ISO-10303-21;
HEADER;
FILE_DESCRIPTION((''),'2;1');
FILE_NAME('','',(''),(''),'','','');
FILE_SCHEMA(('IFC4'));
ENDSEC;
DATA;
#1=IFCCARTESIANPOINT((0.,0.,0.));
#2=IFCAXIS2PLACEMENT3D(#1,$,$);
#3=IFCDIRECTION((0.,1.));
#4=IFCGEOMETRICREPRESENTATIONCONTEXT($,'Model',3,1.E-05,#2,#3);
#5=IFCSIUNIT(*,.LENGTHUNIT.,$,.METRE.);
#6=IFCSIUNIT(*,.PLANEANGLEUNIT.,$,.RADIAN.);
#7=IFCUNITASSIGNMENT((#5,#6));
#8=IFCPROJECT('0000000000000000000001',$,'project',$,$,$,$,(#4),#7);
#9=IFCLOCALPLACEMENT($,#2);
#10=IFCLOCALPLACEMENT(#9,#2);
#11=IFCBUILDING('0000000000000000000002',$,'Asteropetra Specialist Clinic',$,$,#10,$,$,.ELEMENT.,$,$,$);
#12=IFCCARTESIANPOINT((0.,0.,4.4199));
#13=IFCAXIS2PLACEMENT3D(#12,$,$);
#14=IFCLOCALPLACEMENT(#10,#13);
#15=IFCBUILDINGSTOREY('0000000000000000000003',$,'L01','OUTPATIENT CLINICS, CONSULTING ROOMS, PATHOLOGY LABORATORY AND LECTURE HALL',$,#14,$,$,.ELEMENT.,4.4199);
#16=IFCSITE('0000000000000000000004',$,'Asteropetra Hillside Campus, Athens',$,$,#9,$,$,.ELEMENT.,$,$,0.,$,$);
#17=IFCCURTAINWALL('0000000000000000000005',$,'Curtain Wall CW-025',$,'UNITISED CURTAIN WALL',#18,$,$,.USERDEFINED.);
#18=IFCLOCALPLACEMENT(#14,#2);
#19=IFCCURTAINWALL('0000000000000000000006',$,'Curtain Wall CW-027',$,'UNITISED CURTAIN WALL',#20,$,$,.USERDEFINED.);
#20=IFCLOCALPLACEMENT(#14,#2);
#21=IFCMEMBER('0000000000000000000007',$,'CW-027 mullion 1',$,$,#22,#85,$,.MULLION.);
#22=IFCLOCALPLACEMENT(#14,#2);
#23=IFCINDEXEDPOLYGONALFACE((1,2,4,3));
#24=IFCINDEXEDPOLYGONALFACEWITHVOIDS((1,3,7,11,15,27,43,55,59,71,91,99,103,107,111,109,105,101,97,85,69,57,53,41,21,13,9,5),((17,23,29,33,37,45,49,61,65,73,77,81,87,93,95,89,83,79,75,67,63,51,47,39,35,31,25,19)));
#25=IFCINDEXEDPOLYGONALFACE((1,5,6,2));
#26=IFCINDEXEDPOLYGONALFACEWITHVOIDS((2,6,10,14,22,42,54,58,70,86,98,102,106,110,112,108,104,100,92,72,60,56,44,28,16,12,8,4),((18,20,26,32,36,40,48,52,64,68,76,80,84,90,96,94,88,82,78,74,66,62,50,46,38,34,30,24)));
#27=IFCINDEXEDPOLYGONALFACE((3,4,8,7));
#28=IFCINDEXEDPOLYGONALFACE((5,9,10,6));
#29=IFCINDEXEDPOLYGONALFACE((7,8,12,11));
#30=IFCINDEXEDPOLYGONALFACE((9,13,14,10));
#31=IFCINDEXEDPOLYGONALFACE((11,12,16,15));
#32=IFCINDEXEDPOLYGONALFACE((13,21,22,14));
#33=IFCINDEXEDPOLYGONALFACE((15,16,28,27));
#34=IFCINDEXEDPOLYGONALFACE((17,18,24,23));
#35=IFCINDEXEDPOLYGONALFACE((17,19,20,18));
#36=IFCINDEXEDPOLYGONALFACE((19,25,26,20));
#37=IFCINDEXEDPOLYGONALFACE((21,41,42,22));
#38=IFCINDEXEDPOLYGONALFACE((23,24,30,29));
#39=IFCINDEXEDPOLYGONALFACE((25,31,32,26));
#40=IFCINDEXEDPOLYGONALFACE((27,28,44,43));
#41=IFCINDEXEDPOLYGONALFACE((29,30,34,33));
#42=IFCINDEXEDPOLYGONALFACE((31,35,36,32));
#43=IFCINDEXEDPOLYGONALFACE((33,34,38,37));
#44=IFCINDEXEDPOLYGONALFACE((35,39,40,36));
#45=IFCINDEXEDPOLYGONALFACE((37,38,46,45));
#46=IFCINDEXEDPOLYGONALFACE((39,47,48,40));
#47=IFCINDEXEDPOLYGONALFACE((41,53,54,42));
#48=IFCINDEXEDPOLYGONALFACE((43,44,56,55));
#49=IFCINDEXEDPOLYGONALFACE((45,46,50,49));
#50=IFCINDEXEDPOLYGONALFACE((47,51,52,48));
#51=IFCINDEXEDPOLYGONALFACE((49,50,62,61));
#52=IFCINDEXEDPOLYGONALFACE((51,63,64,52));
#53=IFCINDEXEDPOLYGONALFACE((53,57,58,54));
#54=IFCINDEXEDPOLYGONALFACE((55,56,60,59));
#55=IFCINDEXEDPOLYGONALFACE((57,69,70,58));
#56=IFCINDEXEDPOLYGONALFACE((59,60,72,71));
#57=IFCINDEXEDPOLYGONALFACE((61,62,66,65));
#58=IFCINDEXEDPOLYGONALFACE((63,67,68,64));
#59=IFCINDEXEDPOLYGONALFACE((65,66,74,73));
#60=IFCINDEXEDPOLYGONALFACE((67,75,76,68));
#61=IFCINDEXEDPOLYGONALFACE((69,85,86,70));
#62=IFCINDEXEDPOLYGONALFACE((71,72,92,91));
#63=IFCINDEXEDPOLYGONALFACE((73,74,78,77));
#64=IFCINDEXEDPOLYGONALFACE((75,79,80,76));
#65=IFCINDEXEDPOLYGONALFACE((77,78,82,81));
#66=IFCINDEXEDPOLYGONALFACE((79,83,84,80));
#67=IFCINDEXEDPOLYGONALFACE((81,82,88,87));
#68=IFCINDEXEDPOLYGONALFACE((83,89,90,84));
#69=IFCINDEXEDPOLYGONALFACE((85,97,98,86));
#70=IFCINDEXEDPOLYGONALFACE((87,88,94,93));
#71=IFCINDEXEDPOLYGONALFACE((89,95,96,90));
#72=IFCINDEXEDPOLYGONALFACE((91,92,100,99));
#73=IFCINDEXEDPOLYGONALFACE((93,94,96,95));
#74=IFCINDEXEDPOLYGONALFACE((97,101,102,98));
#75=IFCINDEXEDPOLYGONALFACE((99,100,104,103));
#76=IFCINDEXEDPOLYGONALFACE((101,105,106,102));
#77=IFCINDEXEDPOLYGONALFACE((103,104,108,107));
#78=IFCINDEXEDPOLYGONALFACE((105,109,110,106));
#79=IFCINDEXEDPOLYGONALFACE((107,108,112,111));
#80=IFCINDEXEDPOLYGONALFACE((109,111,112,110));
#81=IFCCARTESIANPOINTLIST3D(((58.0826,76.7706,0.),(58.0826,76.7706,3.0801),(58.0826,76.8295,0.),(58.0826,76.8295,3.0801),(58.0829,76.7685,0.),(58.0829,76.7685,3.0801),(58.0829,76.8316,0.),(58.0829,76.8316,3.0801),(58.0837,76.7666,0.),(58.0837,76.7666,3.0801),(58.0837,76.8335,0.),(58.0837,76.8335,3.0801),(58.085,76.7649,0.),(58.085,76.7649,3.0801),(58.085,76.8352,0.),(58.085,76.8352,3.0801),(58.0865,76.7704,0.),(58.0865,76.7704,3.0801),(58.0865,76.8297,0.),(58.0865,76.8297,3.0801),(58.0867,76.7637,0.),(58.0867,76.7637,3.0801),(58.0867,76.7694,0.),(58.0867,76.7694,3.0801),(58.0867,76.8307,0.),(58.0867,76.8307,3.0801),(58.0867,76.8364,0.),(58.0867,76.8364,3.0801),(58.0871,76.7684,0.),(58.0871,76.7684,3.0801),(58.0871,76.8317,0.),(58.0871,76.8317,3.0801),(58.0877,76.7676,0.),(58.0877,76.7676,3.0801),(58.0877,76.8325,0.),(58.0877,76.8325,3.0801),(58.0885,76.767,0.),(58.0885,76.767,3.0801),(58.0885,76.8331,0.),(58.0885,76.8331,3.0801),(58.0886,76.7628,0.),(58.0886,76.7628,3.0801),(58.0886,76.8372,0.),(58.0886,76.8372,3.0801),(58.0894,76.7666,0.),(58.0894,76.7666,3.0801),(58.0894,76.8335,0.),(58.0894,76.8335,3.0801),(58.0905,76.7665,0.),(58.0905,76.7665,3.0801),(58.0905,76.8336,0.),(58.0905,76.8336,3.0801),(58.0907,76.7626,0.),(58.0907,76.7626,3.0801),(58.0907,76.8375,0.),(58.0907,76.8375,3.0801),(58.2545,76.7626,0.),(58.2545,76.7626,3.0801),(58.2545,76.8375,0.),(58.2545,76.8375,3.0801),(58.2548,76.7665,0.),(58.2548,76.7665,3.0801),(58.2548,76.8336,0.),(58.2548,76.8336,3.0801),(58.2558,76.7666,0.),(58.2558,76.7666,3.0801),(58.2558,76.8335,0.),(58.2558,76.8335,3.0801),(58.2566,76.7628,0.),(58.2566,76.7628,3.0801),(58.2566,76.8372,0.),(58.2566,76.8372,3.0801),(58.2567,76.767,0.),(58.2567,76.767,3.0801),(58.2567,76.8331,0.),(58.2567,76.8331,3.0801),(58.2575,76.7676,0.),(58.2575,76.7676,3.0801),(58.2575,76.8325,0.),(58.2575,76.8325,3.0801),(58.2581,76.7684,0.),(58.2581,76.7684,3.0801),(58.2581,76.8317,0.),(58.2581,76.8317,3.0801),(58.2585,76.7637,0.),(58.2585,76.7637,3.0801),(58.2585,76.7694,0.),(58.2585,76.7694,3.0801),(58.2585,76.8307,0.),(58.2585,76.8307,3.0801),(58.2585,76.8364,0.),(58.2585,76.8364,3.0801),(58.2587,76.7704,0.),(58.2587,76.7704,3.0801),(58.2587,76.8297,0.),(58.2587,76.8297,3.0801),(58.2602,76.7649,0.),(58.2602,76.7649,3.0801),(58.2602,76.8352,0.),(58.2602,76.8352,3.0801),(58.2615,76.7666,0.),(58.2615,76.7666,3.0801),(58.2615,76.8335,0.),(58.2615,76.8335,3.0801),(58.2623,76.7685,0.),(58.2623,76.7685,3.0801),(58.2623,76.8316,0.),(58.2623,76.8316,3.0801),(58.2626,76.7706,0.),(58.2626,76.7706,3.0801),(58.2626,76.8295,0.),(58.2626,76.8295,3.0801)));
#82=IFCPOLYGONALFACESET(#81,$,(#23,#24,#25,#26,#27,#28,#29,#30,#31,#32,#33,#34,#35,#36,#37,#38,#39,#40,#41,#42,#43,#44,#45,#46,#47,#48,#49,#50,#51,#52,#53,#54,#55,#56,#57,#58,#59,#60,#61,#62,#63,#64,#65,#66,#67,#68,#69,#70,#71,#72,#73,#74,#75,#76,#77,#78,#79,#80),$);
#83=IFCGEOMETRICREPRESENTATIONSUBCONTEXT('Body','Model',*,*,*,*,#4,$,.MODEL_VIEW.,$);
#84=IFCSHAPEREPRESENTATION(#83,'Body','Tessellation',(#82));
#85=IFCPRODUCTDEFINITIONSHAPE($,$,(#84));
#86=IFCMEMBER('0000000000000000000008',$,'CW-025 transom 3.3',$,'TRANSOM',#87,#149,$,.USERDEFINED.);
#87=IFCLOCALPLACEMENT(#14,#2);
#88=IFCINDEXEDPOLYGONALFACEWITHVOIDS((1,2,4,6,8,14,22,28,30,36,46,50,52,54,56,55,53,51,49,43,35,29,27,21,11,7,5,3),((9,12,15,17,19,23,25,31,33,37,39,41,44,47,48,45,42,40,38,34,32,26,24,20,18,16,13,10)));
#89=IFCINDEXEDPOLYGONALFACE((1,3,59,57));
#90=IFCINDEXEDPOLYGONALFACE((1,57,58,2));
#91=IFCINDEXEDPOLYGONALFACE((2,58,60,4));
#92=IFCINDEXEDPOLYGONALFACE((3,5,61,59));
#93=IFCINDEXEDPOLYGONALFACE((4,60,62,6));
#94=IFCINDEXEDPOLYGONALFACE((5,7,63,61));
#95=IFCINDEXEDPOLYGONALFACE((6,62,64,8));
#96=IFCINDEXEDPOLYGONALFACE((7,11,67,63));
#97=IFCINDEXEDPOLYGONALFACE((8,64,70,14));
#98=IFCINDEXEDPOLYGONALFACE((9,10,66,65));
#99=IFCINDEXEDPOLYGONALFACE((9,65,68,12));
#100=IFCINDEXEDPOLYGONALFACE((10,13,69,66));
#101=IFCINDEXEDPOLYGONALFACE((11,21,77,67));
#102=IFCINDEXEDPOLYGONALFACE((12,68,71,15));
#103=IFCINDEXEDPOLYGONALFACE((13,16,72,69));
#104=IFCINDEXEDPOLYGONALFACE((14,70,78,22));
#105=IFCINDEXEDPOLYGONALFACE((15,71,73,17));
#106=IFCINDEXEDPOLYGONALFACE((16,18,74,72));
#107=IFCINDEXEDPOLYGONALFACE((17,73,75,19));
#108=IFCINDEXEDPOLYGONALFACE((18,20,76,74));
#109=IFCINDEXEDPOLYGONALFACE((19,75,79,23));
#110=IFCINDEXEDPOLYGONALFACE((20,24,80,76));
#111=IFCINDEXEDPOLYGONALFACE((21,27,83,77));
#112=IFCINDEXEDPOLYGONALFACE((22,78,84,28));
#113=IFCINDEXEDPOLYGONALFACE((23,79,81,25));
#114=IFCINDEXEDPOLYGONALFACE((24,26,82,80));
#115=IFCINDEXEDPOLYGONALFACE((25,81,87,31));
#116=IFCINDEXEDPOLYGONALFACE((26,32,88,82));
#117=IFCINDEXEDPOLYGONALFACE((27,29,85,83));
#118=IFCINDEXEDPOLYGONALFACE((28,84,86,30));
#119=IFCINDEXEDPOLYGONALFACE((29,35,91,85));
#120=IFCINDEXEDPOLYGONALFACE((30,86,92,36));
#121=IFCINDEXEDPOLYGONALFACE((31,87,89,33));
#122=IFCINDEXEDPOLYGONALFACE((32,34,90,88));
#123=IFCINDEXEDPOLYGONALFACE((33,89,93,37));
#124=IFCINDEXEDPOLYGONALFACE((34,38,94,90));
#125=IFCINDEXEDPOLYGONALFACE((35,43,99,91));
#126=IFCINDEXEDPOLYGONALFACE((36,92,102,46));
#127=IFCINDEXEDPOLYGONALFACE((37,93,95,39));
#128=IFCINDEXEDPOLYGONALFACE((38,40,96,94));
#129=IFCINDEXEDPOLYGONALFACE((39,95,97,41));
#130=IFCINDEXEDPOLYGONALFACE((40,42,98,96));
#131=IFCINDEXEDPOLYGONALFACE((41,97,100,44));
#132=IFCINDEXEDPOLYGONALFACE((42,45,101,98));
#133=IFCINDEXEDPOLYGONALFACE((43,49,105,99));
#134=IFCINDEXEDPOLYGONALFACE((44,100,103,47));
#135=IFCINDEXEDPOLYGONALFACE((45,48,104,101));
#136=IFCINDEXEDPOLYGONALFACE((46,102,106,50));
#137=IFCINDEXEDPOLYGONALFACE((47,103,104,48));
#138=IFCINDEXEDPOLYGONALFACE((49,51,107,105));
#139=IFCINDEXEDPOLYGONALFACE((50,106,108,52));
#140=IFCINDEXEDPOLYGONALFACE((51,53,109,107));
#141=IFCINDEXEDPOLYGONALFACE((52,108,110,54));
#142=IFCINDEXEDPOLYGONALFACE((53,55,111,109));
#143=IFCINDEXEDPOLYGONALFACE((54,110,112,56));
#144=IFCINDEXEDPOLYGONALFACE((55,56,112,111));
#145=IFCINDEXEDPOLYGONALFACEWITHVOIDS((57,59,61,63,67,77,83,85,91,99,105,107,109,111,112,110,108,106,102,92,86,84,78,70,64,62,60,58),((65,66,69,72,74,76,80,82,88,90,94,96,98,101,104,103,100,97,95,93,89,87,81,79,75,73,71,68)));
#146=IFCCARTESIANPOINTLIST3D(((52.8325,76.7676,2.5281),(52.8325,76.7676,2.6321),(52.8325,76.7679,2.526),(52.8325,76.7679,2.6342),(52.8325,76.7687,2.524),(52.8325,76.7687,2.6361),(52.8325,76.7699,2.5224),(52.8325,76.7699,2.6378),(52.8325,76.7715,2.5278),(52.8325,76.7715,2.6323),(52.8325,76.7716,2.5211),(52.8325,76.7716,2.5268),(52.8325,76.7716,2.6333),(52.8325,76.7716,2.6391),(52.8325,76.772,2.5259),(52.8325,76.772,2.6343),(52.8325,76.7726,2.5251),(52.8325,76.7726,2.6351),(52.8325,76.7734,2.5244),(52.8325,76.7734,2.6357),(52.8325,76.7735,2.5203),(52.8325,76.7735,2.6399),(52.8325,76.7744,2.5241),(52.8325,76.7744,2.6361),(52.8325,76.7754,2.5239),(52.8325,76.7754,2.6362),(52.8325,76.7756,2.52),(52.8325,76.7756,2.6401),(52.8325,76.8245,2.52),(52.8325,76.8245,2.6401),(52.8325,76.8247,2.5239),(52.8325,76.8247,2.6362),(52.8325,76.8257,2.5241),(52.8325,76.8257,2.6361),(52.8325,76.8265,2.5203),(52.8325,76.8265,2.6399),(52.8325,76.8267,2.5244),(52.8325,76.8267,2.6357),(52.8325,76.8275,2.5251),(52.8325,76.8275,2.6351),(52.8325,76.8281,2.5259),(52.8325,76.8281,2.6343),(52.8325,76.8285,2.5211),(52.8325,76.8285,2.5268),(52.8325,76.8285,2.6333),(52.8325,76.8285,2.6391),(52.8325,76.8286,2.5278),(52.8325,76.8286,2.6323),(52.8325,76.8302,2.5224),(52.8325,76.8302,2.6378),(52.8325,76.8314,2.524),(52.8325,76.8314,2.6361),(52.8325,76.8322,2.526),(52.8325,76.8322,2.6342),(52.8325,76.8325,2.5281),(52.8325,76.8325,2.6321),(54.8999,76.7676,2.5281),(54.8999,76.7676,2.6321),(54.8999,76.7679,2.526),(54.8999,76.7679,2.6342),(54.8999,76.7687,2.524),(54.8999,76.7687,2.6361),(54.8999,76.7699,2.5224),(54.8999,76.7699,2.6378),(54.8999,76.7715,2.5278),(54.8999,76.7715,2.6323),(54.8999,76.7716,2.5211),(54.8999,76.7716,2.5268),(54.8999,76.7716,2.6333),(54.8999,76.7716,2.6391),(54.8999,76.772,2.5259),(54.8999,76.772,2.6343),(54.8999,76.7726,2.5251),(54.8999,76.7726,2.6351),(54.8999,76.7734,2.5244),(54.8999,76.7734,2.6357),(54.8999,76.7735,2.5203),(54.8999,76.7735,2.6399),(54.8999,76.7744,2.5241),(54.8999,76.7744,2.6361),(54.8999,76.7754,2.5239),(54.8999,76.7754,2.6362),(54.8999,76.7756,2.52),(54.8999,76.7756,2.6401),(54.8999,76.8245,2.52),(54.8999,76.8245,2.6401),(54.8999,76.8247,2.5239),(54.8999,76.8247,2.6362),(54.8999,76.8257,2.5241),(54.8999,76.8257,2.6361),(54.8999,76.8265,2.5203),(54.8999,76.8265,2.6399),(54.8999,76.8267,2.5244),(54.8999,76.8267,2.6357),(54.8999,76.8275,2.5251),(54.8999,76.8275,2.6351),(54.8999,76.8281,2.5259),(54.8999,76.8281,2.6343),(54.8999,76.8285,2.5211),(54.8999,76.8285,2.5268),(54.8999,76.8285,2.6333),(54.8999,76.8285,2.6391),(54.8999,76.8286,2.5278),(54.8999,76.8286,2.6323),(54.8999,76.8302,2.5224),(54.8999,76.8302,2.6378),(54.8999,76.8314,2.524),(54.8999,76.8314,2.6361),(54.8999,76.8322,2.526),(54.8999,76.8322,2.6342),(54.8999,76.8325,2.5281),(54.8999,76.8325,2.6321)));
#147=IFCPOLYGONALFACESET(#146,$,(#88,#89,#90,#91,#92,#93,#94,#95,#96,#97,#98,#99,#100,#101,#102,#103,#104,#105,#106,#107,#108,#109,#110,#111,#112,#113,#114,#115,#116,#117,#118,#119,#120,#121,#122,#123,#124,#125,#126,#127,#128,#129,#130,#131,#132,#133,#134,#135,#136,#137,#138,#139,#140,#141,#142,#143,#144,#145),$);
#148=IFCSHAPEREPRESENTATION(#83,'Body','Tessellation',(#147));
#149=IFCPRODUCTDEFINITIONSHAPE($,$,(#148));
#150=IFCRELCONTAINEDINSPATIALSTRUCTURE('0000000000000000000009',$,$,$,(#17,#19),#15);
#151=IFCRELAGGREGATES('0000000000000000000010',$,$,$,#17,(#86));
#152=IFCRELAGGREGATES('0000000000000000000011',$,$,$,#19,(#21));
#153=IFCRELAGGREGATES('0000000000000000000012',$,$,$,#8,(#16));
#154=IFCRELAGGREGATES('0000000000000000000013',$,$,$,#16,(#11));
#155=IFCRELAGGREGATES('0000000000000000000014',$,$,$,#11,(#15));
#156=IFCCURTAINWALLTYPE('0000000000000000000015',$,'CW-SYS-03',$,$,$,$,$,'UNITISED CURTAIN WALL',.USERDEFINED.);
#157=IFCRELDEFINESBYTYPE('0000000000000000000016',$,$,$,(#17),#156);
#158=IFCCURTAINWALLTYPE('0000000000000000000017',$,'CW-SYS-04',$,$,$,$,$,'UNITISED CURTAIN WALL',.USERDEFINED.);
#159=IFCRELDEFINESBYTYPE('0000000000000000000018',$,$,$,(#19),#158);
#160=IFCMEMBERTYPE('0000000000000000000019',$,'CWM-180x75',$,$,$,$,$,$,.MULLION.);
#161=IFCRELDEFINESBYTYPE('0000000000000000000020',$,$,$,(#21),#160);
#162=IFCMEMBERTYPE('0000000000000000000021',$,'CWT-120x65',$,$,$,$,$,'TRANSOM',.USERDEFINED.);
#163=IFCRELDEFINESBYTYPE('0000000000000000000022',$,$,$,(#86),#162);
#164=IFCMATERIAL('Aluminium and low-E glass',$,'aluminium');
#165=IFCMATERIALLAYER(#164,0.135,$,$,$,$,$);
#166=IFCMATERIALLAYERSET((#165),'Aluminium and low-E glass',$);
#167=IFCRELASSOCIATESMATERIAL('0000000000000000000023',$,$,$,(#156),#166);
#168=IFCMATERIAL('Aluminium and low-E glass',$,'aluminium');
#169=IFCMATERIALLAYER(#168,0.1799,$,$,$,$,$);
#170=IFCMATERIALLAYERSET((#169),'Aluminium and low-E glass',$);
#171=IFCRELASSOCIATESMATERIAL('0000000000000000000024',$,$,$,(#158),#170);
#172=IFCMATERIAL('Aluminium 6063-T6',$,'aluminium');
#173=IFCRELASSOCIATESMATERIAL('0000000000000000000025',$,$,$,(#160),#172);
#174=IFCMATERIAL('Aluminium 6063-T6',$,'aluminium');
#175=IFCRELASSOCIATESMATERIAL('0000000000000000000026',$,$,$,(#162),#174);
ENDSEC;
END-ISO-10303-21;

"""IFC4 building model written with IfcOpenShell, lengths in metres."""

from ifc_helpers import new_model, si_unit, direction, frame, origin, origin_2d, place, context, subcontext, project, spatial, hollow_rectangle, extrude, material, layer, layer_set, material_profile, profile_set, type_object, element, aggregate, save


model = new_model("IFC4")

# Units and contexts
model_context = context("Model", 3, precision=1e-05, world=origin(), true_north=direction((0.0, 1.0)))
body_context = subcontext(model_context, "Body", "Model", "MODEL_VIEW")
ifc_project = project(units=[si_unit("LENGTHUNIT", "METRE"), si_unit("PLANEANGLEUNIT", "RADIAN")], contexts=[model_context])

# Site, building, storey
site_placement = place(None, origin())
site = spatial("IfcSite", under=ifc_project, at=site_placement, Name="Asteropetra Hillside Campus, Athens", CompositionType="ELEMENT", RefElevation=0.0)
building_placement = place(site_placement, origin())
building = spatial("IfcBuilding", under=site, at=building_placement, Name="Asteropetra Specialist Clinic", CompositionType="ELEMENT")
storey_placement = place(building_placement, frame((0.0, 0.0, 4.4199)))
storey = spatial("IfcBuildingStorey", under=building, at=storey_placement, Name="L01", Description="OUTPATIENT CLINICS, CONSULTING ROOMS, PATHOLOGY LABORATORY AND LECTURE HALL", CompositionType="ELEMENT", Elevation=4.4199)

# Curtain wall
ifc_material_1 = material(Name="Aluminium and low-E glass", Category="aluminium")
ifc_layer_1 = layer(ifc_material_1, 0.135)
ifc_layer_set_1 = layer_set([ifc_layer_1], Name="Aluminium and low-E glass")
curtain_wall_type_1 = type_object("IfcCurtainWallType", Name="CW-SYS-03", ElementType="UNITISED CURTAIN WALL", PredefinedType="USERDEFINED", material=ifc_layer_set_1)
curtain_wall_1_placement = place(storey_placement, origin())
curtain_wall_1 = element("IfcCurtainWall", 1, at=curtain_wall_1_placement, inside=storey, type_object=curtain_wall_type_1, Name="Curtain Wall CW-025", ObjectType="UNITISED CURTAIN WALL", PredefinedType="USERDEFINED")

# Curtain wall, member
ifc_material_2 = material(Name="Aluminium and low-E glass", Category="aluminium")
ifc_layer_2 = layer(ifc_material_2, 0.1799)
ifc_layer_set_2 = layer_set([ifc_layer_2], Name="Aluminium and low-E glass")
curtain_wall_type_2 = type_object("IfcCurtainWallType", Name="CW-SYS-04", ElementType="UNITISED CURTAIN WALL", PredefinedType="USERDEFINED", material=ifc_layer_set_2)
curtain_wall_2_placement = place(storey_placement, origin())
curtain_wall_2 = element("IfcCurtainWall", 2, at=curtain_wall_2_placement, inside=storey, type_object=curtain_wall_type_2, Name="Curtain Wall CW-027", ObjectType="UNITISED CURTAIN WALL", PredefinedType="USERDEFINED")
ifc_material_3 = material(Name="Aluminium 6063-T6", Category="aluminium")
ifc_material_profile_1 = material_profile(ifc_material_3, hollow_rectangle(XDim=0.075, YDim=0.1799, WallThickness=0.0039, InnerFilletRadius=0.0039, OuterFilletRadius=0.0081, at=origin_2d()), Name="MUL 180x75x4.0")
ifc_profile_set_1 = profile_set([ifc_material_profile_1], Name="Aluminium 6063-T6")
member_type_1 = type_object("IfcMemberType", Name="CWM-180x75", PredefinedType="MULLION", material=ifc_profile_set_1)
member_1_placement = place(storey_placement, frame((58.1726, 76.8, 0.0), z_axis=(0.0, 0.0, 1.0), x_axis=(0.0, 1.0, 0.0)))
member_1 = element("IfcMember", 3, at=member_1_placement, type_object=member_type_1, Name="CW-027 mullion 1", PredefinedType="MULLION", context=body_context, shape_type="SweptSolid", body=[
    extrude(hollow_rectangle(XDim=0.075, YDim=0.1799, WallThickness=0.0039, InnerFilletRadius=0.0039, OuterFilletRadius=0.0081, at=origin_2d()), origin(), (0.0, 0.0, 1.0), 3.0801),
])

# Member
ifc_material_4 = material(Name="Aluminium 6063-T6", Category="aluminium")
ifc_material_profile_2 = material_profile(ifc_material_4, hollow_rectangle(XDim=0.0649, YDim=0.1201, WallThickness=0.0039, InnerFilletRadius=0.0039, OuterFilletRadius=0.0081, at=origin_2d()), Name="TRN 120x65x4.0")
ifc_profile_set_2 = profile_set([ifc_material_profile_2], Name="Aluminium 6063-T6")
member_type_2 = type_object("IfcMemberType", Name="CWT-120x65", ElementType="TRANSOM", PredefinedType="USERDEFINED", material=ifc_profile_set_2)
member_2_placement = place(storey_placement, frame((52.8325, 76.8, 2.5801), z_axis=(1.0, 0.0, 0.0), x_axis=(0.0, 1.0, 0.0)))
member_2 = element("IfcMember", 4, at=member_2_placement, type_object=member_type_2, Name="CW-025 transom 3.3", ObjectType="TRANSOM", PredefinedType="USERDEFINED", context=body_context, shape_type="SweptSolid", body=[
    extrude(hollow_rectangle(XDim=0.0649, YDim=0.1201, WallThickness=0.0039, InnerFilletRadius=0.0039, OuterFilletRadius=0.0081, at=origin_2d()), origin(), (0.0, 0.0, 1.0), 2.0674),
])

aggregate(curtain_wall_1, [member_2])
aggregate(curtain_wall_2, [member_1])

save(model, "model.ifc")
